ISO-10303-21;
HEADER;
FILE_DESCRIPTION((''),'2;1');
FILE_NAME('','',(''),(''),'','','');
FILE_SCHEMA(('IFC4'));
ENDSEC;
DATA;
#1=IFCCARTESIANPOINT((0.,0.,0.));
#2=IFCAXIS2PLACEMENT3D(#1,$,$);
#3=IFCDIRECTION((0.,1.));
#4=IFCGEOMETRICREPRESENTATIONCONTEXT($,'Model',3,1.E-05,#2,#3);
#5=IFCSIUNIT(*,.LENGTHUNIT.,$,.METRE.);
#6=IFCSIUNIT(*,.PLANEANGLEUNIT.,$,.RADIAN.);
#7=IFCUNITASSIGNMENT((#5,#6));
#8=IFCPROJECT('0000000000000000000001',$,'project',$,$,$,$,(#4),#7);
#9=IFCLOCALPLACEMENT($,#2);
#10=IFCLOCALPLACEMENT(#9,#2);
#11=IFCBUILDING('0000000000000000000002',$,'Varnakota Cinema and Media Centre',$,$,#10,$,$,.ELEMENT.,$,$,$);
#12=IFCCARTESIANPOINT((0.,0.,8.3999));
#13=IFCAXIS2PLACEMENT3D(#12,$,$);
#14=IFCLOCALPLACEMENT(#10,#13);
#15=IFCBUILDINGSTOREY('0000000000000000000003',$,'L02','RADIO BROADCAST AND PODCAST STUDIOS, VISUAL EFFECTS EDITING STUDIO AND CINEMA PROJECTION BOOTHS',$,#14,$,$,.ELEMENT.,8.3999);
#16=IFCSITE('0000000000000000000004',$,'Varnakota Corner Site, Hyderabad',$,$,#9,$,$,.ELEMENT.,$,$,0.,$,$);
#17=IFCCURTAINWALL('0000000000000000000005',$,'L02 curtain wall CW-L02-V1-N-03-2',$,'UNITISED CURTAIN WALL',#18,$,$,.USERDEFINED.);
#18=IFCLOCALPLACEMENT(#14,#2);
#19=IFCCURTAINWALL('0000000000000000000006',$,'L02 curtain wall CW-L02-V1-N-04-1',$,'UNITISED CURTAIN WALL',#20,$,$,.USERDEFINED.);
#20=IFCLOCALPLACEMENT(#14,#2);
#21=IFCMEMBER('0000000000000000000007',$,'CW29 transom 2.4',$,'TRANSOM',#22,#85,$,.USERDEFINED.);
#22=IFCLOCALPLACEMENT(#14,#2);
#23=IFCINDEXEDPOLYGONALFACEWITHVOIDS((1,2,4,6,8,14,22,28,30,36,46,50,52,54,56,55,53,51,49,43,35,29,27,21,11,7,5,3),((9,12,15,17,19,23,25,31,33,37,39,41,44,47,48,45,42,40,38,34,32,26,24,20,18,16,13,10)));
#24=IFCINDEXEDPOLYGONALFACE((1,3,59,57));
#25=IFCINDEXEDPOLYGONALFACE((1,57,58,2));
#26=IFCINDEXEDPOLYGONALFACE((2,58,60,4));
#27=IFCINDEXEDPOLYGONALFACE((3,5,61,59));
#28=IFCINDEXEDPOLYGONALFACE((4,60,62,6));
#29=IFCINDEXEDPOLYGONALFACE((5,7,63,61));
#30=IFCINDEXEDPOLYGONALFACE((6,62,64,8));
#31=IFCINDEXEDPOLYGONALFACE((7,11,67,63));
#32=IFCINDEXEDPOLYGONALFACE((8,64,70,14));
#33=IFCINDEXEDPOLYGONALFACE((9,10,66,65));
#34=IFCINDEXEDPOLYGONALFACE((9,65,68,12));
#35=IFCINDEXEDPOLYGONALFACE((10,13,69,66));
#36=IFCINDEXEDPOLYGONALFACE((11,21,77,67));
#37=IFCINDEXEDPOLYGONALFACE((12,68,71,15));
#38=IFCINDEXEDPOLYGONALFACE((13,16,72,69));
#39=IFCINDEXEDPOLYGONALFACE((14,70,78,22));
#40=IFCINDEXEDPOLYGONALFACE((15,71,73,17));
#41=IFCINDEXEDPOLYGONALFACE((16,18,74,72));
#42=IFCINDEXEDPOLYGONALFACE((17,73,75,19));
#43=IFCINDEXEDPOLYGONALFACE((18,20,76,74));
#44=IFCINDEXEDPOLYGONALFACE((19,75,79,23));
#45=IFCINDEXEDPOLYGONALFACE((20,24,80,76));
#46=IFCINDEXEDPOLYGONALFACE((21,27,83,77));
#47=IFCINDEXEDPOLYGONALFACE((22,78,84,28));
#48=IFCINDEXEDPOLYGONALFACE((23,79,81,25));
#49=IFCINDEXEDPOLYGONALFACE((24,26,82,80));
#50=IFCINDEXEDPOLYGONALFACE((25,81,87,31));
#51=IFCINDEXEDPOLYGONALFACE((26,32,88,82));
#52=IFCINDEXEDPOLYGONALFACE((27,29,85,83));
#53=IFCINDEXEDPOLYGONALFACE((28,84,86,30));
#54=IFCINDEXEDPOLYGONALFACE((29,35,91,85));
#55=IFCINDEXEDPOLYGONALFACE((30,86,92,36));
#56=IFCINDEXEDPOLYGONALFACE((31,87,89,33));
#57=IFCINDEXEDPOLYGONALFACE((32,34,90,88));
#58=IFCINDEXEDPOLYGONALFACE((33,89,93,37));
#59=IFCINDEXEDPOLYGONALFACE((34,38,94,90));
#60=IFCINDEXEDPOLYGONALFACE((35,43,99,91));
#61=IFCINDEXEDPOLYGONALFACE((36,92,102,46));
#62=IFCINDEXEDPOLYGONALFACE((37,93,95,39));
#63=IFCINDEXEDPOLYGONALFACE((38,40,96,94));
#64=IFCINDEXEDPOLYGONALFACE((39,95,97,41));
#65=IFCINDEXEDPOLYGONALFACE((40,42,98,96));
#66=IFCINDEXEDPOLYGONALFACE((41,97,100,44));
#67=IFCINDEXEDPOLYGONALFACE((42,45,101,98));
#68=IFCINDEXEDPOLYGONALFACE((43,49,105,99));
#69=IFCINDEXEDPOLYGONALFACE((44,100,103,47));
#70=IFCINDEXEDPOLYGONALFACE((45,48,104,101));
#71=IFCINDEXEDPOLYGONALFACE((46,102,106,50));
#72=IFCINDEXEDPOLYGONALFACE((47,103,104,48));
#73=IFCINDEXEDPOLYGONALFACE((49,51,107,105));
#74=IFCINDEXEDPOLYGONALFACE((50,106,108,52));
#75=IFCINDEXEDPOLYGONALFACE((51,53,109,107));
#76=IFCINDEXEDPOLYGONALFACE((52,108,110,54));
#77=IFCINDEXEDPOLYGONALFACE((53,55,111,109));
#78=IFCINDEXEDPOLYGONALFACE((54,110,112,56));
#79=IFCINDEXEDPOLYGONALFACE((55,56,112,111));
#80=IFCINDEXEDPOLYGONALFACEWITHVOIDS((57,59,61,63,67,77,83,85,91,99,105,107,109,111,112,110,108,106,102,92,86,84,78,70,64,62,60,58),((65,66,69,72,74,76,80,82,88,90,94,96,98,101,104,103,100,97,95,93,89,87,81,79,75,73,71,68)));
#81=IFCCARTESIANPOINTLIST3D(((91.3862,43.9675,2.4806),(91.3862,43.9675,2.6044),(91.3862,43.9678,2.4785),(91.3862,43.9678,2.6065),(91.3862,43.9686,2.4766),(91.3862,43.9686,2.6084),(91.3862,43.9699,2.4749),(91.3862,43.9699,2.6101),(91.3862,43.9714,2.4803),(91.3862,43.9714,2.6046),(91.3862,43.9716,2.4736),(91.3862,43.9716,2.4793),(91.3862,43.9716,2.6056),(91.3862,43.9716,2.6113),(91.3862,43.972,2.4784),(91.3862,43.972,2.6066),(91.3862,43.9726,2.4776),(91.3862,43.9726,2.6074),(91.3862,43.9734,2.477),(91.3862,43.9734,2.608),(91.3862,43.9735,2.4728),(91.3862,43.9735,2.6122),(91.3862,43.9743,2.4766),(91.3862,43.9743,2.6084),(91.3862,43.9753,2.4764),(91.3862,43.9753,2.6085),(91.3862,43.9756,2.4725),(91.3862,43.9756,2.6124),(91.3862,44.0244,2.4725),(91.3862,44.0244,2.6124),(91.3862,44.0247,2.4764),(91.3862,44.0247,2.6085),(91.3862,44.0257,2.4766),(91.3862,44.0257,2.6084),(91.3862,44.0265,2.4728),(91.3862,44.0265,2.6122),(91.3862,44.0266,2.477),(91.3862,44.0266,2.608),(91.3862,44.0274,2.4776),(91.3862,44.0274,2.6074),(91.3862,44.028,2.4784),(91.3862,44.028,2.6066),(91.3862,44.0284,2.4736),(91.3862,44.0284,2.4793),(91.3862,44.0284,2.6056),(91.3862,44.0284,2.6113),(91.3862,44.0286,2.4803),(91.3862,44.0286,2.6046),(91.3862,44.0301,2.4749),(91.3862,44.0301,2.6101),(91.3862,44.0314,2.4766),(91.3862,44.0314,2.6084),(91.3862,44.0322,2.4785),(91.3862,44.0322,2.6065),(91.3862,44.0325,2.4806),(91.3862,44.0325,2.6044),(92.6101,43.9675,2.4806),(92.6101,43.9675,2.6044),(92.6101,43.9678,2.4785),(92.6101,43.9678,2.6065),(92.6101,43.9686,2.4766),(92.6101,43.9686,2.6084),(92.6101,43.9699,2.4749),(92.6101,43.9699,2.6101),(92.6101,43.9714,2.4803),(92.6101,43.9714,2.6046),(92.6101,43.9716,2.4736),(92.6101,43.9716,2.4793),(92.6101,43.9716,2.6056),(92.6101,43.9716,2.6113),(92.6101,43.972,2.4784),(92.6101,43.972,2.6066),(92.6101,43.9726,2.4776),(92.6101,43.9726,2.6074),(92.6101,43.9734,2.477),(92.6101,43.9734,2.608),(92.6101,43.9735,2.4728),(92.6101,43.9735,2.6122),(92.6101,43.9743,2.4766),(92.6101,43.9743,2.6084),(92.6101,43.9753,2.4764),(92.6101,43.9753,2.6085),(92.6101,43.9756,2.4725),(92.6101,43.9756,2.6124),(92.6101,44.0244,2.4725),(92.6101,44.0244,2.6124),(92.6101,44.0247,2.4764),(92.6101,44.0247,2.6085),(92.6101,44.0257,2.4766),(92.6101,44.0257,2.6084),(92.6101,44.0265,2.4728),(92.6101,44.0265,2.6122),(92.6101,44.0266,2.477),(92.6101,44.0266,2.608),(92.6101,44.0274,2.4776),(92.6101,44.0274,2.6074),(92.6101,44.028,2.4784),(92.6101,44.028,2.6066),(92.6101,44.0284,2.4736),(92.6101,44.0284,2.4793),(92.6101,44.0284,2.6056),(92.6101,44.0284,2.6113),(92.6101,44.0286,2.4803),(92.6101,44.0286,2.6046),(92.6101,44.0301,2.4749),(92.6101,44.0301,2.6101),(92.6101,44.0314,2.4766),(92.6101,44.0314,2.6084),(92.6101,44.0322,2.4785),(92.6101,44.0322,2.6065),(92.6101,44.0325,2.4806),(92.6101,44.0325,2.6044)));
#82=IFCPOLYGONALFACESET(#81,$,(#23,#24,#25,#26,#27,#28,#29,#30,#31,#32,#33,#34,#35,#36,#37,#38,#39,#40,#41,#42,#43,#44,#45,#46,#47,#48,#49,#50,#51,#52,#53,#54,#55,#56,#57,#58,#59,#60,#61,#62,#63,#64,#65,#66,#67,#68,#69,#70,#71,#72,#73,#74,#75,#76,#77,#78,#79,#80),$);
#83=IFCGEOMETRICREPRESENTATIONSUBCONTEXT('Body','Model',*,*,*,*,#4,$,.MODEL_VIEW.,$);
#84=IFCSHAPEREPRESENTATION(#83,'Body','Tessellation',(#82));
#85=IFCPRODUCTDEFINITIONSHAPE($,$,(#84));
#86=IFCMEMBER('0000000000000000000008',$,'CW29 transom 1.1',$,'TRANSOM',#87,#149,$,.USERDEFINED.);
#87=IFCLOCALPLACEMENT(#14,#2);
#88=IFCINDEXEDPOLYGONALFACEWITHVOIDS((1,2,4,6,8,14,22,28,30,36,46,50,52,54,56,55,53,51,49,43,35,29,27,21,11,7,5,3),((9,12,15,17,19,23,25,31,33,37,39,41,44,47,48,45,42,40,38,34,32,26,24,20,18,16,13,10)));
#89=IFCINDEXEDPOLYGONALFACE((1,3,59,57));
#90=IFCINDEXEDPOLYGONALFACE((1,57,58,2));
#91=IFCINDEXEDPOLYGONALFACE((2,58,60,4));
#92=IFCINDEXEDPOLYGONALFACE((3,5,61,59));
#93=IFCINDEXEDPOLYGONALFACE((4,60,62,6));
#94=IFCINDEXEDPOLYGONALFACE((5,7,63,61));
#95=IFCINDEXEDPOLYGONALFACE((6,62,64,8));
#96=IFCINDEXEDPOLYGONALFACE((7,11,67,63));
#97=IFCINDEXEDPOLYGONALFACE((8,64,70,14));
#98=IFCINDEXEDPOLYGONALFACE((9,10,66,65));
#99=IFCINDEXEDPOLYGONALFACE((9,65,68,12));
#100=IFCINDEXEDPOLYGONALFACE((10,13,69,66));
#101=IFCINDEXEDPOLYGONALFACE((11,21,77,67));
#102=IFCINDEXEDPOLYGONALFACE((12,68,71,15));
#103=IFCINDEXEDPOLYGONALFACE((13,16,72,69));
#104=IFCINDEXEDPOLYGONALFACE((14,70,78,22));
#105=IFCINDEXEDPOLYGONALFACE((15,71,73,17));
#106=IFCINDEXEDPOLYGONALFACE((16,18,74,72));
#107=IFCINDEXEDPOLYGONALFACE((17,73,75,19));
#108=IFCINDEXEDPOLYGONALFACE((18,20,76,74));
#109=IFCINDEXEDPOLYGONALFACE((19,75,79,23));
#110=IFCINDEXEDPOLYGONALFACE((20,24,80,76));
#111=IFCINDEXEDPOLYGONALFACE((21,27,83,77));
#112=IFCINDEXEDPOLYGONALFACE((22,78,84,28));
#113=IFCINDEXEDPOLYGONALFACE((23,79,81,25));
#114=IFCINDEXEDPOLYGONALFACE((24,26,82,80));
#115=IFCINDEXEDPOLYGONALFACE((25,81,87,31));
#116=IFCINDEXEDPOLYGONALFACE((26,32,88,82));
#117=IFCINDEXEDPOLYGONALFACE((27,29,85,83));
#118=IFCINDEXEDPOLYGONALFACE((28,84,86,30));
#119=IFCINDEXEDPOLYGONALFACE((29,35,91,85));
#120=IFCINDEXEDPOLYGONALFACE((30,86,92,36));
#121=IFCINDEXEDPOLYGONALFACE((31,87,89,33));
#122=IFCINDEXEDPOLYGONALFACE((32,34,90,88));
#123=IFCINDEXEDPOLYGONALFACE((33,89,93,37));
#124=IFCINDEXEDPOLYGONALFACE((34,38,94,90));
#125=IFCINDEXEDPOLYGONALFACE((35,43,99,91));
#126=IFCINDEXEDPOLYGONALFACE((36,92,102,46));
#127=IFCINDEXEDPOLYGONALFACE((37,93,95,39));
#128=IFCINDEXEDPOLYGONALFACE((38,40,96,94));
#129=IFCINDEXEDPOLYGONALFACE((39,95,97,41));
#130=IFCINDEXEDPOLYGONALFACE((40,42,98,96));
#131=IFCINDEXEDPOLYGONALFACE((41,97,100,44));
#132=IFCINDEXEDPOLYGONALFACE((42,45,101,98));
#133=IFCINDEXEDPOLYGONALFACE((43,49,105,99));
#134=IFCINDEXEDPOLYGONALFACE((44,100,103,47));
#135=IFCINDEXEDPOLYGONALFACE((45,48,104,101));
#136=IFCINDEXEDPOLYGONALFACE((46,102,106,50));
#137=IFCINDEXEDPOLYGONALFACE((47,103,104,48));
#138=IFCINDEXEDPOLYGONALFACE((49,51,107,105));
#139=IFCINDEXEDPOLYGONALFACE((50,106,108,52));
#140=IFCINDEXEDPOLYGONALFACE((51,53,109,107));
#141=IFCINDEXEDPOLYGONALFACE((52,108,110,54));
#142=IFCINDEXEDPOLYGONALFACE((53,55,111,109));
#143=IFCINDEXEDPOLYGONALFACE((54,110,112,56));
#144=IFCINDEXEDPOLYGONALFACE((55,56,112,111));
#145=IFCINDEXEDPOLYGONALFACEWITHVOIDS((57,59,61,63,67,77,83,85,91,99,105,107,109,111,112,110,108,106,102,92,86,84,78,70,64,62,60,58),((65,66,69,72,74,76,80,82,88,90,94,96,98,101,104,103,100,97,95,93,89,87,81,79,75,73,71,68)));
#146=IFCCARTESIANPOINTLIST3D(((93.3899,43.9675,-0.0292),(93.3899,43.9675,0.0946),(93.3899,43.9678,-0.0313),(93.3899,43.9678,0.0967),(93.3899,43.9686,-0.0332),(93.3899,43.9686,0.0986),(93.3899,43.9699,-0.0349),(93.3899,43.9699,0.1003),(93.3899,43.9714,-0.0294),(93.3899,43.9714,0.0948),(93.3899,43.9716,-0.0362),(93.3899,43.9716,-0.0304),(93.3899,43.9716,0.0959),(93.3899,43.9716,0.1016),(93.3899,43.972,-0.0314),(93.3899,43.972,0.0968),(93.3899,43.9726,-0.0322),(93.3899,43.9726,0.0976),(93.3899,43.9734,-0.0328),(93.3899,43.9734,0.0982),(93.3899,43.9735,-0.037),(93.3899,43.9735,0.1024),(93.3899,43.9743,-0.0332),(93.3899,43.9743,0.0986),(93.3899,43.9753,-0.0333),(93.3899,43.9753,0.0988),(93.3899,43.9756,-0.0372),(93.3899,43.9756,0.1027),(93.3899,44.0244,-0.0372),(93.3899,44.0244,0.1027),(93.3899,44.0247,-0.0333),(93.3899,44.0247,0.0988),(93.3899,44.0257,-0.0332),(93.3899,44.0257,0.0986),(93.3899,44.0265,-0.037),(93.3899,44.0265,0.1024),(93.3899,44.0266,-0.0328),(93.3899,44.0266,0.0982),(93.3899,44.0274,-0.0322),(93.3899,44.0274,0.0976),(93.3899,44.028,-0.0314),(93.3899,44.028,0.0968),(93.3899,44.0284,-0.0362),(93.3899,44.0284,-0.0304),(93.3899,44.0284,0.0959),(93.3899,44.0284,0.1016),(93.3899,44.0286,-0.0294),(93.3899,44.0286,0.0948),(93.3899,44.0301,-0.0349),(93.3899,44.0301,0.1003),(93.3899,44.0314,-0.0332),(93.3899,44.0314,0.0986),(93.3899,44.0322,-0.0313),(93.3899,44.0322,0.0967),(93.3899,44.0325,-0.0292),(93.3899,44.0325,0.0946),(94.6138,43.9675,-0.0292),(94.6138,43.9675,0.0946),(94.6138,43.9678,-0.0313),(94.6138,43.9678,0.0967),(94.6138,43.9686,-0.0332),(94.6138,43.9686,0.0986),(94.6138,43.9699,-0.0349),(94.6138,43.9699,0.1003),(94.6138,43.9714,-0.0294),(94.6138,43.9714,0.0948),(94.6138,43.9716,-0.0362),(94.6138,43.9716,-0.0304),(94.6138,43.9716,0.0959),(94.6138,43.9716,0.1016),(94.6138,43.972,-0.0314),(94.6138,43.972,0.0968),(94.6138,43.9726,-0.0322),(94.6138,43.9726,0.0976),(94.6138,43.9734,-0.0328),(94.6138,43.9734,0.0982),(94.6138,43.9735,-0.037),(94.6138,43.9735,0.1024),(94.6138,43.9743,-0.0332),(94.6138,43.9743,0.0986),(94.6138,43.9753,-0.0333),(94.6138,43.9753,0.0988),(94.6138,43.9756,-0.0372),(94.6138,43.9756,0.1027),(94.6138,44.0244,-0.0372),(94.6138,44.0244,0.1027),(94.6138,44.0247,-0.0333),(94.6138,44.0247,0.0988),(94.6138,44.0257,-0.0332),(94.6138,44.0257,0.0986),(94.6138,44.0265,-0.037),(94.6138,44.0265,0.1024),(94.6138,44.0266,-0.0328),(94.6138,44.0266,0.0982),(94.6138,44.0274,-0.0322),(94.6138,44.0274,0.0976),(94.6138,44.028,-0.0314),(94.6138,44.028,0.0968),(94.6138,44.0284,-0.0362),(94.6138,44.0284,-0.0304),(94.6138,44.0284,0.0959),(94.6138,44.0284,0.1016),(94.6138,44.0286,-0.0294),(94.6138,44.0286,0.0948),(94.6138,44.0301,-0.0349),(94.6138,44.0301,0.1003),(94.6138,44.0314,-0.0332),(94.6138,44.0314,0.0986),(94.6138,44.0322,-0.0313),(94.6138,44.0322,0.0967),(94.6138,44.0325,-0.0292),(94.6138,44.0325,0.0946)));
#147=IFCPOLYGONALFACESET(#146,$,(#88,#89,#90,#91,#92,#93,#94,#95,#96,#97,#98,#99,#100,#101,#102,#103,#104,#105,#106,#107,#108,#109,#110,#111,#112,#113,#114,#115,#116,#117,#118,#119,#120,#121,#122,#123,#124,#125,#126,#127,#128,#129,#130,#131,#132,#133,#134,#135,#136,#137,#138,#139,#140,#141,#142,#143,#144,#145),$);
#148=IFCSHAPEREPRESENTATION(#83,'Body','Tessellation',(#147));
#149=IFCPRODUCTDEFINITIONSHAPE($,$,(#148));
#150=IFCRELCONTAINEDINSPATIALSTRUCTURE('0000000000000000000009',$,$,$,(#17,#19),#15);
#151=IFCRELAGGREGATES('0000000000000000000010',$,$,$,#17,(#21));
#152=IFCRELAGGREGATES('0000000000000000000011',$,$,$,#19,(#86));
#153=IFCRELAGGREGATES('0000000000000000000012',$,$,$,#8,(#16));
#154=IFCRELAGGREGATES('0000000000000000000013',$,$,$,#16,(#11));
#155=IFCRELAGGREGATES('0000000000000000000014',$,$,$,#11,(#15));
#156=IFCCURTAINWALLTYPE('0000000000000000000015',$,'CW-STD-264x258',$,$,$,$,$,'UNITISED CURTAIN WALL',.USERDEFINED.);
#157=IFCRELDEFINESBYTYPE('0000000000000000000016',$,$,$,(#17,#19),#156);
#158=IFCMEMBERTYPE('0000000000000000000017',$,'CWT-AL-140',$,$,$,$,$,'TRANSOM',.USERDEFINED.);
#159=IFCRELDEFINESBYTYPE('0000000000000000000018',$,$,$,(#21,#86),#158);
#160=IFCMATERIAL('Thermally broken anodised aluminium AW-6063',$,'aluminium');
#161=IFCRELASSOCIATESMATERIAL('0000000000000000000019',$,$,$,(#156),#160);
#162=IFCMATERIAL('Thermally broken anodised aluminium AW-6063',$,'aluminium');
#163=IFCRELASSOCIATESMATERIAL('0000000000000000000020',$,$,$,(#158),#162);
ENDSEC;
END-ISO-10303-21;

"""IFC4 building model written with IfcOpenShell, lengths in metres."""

from ifc_helpers import new_model, si_unit, direction, frame, origin, origin_2d, place, context, subcontext, project, spatial, hollow_rectangle, extrude, material, material_profile, profile_set, type_object, element, aggregate, save


model = new_model("IFC4")

# Units and contexts
model_context = context("Model", 3, precision=1e-05, world=origin(), true_north=direction((0.0, 1.0)))
body_context = subcontext(model_context, "Body", "Model", "MODEL_VIEW")
ifc_project = project(units=[si_unit("LENGTHUNIT", "METRE"), si_unit("PLANEANGLEUNIT", "RADIAN")], contexts=[model_context])

# Site, building, storey
site_placement = place(None, origin())
site = spatial("IfcSite", under=ifc_project, at=site_placement, Name="Varnakota Corner Site, Hyderabad", CompositionType="ELEMENT", RefElevation=0.0)
building_placement = place(site_placement, origin())
building = spatial("IfcBuilding", under=site, at=building_placement, Name="Varnakota Cinema and Media Centre", CompositionType="ELEMENT")
storey_placement = place(building_placement, frame((0.0, 0.0, 8.3999)))
storey = spatial("IfcBuildingStorey", under=building, at=storey_placement, Name="L02", Description="RADIO BROADCAST AND PODCAST STUDIOS, VISUAL EFFECTS EDITING STUDIO AND CINEMA PROJECTION BOOTHS", CompositionType="ELEMENT", Elevation=8.3999)

# Curtain walls
ifc_material_1 = material(Name="Thermally broken anodised aluminium AW-6063", Category="aluminium")
curtain_wall_type = type_object("IfcCurtainWallType", Name="CW-STD-264x258", ElementType="UNITISED CURTAIN WALL", PredefinedType="USERDEFINED", material=ifc_material_1)
curtain_wall_1_placement = place(storey_placement, origin())
curtain_wall_1 = element("IfcCurtainWall", 1, at=curtain_wall_1_placement, inside=storey, type_object=curtain_wall_type, Name="L02 curtain wall CW-L02-V1-N-03-2", ObjectType="UNITISED CURTAIN WALL", PredefinedType="USERDEFINED")
curtain_wall_2_placement = place(storey_placement, origin())
curtain_wall_2 = element("IfcCurtainWall", 2, at=curtain_wall_2_placement, inside=storey, type_object=curtain_wall_type, Name="L02 curtain wall CW-L02-V1-N-04-1", ObjectType="UNITISED CURTAIN WALL", PredefinedType="USERDEFINED")

# Members
ifc_material_2 = material(Name="Thermally broken anodised aluminium AW-6063", Category="aluminium")
ifc_material_profile_1 = material_profile(ifc_material_2, hollow_rectangle(XDim=0.0649, YDim=0.1399, WallThickness=0.0039, InnerFilletRadius=0.0039, OuterFilletRadius=0.0081, at=origin_2d()), Name="AL-TRANSOM 140x65x4")
ifc_profile_set_1 = profile_set([ifc_material_profile_1], Name="Thermally broken anodised aluminium AW-6063")
member_type_1 = type_object("IfcMemberType", Name="CWT-AL-140", ElementType="TRANSOM", PredefinedType="USERDEFINED", material=ifc_profile_set_1)
member_1_placement = place(storey_placement, frame((91.3862, 44.0, 2.5425), z_axis=(1.0, 0.0, 0.0), x_axis=(0.0, 1.0, 0.0)))
member_1 = element("IfcMember", 3, at=member_1_placement, type_object=member_type_1, Name="CW29 transom 2.4", ObjectType="TRANSOM", PredefinedType="USERDEFINED", context=body_context, shape_type="SweptSolid", body=[
    extrude(hollow_rectangle(XDim=0.0649, YDim=0.1399, WallThickness=0.0039, InnerFilletRadius=0.0039, OuterFilletRadius=0.0081, at=origin_2d()), origin(), (0.0, 0.0, 1.0), 1.2239),
])
member_2_placement = place(storey_placement, frame((93.3899, 44.0, 0.0327), z_axis=(1.0, 0.0, 0.0), x_axis=(0.0, 1.0, 0.0)))
member_2 = element("IfcMember", 4, at=member_2_placement, type_object=member_type_1, Name="CW29 transom 1.1", ObjectType="TRANSOM", PredefinedType="USERDEFINED", context=body_context, shape_type="SweptSolid", body=[
    extrude(hollow_rectangle(XDim=0.0649, YDim=0.1399, WallThickness=0.0039, InnerFilletRadius=0.0039, OuterFilletRadius=0.0081, at=origin_2d()), origin(), (0.0, 0.0, 1.0), 1.2239),
])

aggregate(curtain_wall_1, [member_1])
aggregate(curtain_wall_2, [member_2])

save(model, "model.ifc")
